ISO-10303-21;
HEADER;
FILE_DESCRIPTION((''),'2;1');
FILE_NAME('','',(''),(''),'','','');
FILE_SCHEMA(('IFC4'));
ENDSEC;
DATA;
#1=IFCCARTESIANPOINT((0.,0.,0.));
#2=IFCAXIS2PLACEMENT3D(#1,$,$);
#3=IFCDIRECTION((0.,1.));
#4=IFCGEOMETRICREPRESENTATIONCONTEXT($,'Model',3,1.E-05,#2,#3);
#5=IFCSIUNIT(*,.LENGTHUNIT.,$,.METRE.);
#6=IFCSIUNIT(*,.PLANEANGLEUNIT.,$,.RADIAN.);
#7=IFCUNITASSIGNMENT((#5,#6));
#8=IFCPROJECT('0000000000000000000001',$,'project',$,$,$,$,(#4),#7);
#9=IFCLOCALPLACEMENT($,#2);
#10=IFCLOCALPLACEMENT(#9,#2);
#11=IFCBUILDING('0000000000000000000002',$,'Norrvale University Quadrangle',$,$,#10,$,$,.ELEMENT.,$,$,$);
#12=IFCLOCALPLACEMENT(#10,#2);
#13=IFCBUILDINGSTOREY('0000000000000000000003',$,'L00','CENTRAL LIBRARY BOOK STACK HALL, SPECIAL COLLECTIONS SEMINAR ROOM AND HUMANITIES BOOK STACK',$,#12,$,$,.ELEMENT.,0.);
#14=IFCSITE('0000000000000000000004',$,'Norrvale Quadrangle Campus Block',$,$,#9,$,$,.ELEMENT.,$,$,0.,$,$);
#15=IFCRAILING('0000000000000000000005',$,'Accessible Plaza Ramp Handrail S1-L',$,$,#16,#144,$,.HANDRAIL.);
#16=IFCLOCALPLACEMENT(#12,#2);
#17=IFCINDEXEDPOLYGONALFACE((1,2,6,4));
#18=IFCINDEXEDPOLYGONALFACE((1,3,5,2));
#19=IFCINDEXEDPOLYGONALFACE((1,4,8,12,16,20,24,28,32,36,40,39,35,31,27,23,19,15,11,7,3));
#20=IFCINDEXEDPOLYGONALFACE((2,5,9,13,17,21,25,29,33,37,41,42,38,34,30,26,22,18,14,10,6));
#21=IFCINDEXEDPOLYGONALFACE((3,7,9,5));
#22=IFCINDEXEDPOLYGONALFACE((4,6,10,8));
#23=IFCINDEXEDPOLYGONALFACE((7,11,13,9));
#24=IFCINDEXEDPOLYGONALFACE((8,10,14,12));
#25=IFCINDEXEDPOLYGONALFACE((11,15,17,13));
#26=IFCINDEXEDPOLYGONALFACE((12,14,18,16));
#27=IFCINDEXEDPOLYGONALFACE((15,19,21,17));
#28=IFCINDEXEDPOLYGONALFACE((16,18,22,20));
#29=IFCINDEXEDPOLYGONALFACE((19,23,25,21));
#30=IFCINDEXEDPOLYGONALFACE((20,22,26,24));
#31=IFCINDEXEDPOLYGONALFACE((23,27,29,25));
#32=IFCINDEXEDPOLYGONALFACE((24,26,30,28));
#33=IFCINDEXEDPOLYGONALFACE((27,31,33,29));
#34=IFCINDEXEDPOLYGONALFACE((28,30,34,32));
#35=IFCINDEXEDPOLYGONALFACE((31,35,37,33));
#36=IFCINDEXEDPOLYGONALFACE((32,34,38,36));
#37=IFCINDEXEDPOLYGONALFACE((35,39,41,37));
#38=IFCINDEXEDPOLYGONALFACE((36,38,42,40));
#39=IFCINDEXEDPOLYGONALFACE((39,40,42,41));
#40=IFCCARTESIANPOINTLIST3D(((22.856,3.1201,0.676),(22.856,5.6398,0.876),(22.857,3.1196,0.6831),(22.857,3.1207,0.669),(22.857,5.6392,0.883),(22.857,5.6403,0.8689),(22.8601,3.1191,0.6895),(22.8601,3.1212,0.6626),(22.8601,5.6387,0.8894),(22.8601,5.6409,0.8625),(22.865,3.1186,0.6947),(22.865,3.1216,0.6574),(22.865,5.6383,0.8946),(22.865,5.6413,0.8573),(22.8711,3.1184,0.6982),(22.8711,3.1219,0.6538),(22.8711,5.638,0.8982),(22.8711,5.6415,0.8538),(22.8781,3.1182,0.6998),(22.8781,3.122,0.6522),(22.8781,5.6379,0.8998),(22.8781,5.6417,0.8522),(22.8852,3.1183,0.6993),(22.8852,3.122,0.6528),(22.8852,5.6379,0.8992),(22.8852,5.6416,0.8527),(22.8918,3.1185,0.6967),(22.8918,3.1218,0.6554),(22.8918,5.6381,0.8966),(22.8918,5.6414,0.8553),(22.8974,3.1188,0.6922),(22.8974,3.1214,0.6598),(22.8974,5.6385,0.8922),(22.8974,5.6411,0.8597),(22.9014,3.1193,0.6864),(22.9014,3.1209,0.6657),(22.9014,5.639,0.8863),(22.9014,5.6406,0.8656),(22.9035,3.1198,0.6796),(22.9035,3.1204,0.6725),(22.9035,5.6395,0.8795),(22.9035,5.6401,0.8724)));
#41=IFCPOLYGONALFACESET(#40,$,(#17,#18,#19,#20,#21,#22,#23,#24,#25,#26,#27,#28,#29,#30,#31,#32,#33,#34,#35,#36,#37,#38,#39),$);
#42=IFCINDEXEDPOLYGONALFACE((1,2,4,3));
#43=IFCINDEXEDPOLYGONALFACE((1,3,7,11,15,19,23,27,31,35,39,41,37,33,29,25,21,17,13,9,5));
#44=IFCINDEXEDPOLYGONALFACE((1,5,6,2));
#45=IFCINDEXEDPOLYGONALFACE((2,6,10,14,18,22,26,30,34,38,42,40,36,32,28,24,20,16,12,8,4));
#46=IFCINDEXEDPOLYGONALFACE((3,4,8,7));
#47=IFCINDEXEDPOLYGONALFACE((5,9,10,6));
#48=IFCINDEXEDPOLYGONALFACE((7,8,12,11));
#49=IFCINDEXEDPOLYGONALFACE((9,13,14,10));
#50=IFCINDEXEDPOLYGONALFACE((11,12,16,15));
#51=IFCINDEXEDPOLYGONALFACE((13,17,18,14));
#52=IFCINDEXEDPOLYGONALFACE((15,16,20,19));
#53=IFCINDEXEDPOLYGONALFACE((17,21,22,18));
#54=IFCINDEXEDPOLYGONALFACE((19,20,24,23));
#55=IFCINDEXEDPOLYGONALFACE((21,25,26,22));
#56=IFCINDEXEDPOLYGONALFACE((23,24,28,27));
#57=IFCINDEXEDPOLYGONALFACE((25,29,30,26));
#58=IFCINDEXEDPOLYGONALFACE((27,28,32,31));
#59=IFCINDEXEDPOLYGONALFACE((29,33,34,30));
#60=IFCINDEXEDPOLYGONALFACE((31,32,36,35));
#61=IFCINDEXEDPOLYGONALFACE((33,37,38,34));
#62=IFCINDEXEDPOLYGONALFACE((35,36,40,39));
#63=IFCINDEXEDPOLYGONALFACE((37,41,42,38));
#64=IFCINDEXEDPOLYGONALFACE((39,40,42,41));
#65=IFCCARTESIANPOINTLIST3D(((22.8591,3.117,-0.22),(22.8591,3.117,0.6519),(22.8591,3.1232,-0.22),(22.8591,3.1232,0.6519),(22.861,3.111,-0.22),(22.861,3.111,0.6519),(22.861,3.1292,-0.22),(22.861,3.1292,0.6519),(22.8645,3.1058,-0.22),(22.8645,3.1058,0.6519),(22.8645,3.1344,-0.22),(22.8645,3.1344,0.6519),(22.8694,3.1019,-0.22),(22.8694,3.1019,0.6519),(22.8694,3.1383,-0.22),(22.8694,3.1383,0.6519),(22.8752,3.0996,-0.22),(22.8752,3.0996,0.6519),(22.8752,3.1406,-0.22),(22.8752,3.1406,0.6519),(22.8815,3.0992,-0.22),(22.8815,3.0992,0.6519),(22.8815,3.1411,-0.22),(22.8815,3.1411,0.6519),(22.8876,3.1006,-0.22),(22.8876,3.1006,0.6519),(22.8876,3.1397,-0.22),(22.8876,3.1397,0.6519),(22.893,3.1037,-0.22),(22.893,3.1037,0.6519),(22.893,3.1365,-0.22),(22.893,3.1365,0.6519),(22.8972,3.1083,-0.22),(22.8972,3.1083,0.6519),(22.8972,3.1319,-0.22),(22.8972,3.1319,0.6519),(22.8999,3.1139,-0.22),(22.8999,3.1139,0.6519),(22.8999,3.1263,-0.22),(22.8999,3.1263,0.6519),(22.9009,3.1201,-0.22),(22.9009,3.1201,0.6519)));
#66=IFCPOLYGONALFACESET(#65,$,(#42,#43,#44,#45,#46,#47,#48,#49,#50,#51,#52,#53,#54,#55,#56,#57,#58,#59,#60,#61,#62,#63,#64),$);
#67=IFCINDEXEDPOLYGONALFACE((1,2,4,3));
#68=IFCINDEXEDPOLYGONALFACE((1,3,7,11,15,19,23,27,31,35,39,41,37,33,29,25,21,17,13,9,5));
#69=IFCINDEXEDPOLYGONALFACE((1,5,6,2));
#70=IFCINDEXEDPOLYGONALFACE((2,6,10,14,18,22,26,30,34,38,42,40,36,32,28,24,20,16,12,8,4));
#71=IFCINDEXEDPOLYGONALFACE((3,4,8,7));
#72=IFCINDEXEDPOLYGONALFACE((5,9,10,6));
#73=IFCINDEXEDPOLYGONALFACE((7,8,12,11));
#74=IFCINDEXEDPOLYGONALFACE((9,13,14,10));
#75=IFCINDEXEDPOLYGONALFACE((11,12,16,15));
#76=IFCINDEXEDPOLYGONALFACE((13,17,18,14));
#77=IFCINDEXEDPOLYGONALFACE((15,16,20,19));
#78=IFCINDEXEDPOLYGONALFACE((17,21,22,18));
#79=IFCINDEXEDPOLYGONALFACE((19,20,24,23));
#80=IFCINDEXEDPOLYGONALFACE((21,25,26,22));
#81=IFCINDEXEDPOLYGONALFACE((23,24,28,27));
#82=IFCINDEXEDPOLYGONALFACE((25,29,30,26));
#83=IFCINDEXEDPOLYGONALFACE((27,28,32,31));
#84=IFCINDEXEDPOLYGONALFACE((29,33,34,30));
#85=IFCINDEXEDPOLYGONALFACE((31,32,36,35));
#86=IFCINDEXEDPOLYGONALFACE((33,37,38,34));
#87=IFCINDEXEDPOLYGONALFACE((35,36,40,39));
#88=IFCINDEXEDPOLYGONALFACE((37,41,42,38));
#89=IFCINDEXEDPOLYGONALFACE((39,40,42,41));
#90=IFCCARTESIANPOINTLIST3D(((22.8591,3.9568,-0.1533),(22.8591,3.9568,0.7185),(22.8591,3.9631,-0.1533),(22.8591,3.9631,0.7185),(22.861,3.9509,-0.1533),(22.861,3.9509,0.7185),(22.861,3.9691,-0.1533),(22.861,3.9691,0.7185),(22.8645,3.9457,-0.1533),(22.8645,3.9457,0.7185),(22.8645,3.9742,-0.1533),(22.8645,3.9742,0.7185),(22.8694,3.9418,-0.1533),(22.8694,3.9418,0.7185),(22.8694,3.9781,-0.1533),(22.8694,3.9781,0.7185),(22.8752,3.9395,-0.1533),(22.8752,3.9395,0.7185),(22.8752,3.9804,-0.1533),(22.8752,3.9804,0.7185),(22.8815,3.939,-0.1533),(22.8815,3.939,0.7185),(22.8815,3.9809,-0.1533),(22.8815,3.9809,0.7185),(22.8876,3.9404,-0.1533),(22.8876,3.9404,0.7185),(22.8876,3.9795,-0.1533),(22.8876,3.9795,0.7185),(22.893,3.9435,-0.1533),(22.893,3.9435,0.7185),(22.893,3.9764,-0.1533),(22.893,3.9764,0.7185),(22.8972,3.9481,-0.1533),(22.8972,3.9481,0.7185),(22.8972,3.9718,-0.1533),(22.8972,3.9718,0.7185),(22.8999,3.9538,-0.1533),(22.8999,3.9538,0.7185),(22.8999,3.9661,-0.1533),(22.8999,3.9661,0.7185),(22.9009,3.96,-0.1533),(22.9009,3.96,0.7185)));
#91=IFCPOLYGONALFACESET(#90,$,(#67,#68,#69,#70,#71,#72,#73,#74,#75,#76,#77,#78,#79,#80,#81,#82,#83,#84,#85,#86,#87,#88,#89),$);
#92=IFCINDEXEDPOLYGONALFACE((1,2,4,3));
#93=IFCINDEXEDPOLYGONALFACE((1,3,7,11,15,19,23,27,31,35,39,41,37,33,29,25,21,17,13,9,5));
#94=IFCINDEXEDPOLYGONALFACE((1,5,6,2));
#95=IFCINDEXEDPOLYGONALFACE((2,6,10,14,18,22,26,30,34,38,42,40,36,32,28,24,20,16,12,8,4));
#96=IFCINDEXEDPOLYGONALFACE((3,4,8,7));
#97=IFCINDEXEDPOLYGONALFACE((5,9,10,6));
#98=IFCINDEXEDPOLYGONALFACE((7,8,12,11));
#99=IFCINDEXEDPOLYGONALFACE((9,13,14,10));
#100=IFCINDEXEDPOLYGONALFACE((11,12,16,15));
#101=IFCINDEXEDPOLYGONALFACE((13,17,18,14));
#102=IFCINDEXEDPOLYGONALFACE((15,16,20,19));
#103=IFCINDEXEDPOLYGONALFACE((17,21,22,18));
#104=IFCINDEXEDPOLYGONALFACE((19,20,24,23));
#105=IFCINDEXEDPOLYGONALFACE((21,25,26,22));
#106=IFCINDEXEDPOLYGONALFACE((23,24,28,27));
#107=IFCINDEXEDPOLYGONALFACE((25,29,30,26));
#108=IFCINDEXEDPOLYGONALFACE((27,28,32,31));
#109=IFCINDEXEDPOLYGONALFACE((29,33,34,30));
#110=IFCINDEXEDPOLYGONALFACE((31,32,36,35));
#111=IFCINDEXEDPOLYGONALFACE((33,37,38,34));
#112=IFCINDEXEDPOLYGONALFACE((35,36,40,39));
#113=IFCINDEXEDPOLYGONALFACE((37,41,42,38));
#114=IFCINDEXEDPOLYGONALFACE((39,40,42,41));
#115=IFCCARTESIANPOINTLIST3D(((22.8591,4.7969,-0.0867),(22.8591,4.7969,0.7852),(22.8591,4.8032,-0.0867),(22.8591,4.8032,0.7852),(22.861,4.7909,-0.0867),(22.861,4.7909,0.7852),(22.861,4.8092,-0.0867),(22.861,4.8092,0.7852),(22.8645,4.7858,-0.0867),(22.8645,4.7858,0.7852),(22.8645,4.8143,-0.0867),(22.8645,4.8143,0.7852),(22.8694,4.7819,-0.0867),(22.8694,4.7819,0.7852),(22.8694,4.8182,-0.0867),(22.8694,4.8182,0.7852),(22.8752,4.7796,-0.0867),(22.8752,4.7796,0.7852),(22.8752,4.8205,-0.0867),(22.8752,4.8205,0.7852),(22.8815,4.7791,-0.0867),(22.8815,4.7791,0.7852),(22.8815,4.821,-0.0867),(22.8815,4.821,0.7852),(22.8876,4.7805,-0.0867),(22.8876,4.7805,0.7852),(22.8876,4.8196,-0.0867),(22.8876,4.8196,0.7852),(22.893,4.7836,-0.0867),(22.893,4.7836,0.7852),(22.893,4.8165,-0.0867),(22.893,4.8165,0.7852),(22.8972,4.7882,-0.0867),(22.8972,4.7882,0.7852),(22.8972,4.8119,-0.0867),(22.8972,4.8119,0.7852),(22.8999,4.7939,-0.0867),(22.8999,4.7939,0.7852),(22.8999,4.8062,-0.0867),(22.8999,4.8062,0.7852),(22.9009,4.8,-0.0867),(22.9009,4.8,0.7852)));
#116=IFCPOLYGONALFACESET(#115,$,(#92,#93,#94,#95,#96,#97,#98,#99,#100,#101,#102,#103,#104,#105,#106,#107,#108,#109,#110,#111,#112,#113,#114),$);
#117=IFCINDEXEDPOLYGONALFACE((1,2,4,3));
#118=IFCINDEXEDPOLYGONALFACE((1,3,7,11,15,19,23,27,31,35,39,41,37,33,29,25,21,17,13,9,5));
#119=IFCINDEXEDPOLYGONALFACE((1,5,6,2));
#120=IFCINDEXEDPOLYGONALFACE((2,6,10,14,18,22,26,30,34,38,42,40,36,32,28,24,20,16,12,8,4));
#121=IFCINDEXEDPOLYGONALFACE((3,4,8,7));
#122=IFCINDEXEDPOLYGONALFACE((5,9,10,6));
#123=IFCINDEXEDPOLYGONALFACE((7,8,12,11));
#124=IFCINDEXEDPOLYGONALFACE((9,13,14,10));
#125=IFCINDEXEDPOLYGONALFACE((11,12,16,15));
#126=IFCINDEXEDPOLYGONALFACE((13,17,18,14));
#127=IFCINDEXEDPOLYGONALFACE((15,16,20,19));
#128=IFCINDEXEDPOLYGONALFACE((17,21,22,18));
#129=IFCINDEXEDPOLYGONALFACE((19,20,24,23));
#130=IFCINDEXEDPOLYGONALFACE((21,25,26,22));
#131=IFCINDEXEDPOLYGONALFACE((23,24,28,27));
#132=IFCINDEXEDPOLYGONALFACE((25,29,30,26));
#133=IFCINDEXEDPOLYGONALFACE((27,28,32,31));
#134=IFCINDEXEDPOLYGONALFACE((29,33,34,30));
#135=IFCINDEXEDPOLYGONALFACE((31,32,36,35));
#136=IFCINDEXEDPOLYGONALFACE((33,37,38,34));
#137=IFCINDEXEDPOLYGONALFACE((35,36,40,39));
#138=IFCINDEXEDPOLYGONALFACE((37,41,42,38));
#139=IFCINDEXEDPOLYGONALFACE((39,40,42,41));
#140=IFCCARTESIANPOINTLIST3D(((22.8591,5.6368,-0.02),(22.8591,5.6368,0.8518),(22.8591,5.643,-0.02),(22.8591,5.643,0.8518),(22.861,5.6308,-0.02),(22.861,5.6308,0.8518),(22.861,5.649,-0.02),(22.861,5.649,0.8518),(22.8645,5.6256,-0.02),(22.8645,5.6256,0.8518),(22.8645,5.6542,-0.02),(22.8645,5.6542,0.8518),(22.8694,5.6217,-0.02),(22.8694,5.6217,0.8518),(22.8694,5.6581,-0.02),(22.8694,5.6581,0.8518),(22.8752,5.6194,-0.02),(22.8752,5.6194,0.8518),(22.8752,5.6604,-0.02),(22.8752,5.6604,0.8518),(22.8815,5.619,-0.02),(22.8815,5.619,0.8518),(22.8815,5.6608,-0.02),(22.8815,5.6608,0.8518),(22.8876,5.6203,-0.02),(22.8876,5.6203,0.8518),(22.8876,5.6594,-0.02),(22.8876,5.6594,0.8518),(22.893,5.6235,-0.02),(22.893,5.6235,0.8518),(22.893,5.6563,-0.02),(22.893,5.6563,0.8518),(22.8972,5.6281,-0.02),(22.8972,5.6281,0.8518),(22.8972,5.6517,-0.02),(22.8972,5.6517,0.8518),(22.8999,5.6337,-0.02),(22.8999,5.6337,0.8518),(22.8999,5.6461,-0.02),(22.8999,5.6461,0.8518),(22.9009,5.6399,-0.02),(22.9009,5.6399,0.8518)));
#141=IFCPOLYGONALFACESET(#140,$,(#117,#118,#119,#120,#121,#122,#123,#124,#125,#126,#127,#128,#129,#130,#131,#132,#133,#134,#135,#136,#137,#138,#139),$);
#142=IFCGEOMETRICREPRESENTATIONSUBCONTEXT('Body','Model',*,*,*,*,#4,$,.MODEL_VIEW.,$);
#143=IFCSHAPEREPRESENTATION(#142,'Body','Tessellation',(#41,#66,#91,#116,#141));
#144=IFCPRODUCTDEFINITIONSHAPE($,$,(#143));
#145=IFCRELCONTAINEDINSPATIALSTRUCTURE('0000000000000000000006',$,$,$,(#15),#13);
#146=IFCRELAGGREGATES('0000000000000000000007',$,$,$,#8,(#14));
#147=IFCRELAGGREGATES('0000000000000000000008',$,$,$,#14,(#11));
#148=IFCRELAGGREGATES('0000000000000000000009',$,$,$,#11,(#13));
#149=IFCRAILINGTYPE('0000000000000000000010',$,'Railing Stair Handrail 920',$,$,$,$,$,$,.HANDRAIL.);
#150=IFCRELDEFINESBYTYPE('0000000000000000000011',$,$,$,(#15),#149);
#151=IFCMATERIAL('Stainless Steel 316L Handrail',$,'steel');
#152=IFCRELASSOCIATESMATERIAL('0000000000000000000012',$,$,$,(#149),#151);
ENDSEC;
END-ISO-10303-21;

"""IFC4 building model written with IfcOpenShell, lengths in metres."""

from ifc_helpers import new_model, si_unit, direction, frame, origin, origin_2d, place, context, subcontext, project, spatial, circle, extrude, material, type_object, element, save


model = new_model("IFC4")

# Units and contexts
model_context = context("Model", 3, precision=1e-05, world=origin(), true_north=direction((0.0, 1.0)))
body_context = subcontext(model_context, "Body", "Model", "MODEL_VIEW")
ifc_project = project(units=[si_unit("LENGTHUNIT", "METRE"), si_unit("PLANEANGLEUNIT", "RADIAN")], contexts=[model_context])

# Site, building, storey
site_placement = place(None, origin())
site = spatial("IfcSite", under=ifc_project, at=site_placement, Name="Norrvale Quadrangle Campus Block", CompositionType="ELEMENT", RefElevation=0.0)
building_placement = place(site_placement, origin())
building = spatial("IfcBuilding", under=site, at=building_placement, Name="Norrvale University Quadrangle", CompositionType="ELEMENT")
storey_placement = place(building_placement, origin())
storey = spatial("IfcBuildingStorey", under=building, at=storey_placement, Name="L00", Description="CENTRAL LIBRARY BOOK STACK HALL, SPECIAL COLLECTIONS SEMINAR ROOM AND HUMANITIES BOOK STACK", CompositionType="ELEMENT", Elevation=0.0)

# Railing
ifc_material_1 = material(Name="Stainless Steel 316L Handrail", Category="steel")
railing_type_1 = type_object("IfcRailingType", Name="Railing Stair Handrail 920", PredefinedType="HANDRAIL", material=ifc_material_1)
for number, where, name in (
    (1, (22.8799, 3.1201, -0.22), "Accessible Plaza Ramp Handrail S1-L"),
):
    element("IfcRailing", number, at=place(storey_placement, frame(where)), inside=storey, type_object=railing_type_1, Name=name, PredefinedType="HANDRAIL", context=body_context, shape_type="SweptSolid", body=[
        extrude(circle(Radius=0.0239, at=origin_2d()), frame((0.0, 0.0, 0.896), z_axis=(0.0, 0.996866, 0.079104), x_axis=(-1.0, 0.0, 0.0)), (0.0, 0.0, 1.0), 2.5276),
        extrude(circle(Radius=0.021, at=origin_2d()), origin(), (0.0, 0.0, 1.0), 0.8718),
        extrude(circle(Radius=0.021, at=origin_2d()), frame((0.0, 0.8398, 0.0667)), (0.0, 0.0, 1.0), 0.8718),
        extrude(circle(Radius=0.021, at=origin_2d()), frame((0.0, 1.6799, 0.1333)), (0.0, 0.0, 1.0), 0.8718),
        extrude(circle(Radius=0.021, at=origin_2d()), frame((0.0, 2.5198, 0.2)), (0.0, 0.0, 1.0), 0.8718),
    ])

save(model, "model.ifc")
